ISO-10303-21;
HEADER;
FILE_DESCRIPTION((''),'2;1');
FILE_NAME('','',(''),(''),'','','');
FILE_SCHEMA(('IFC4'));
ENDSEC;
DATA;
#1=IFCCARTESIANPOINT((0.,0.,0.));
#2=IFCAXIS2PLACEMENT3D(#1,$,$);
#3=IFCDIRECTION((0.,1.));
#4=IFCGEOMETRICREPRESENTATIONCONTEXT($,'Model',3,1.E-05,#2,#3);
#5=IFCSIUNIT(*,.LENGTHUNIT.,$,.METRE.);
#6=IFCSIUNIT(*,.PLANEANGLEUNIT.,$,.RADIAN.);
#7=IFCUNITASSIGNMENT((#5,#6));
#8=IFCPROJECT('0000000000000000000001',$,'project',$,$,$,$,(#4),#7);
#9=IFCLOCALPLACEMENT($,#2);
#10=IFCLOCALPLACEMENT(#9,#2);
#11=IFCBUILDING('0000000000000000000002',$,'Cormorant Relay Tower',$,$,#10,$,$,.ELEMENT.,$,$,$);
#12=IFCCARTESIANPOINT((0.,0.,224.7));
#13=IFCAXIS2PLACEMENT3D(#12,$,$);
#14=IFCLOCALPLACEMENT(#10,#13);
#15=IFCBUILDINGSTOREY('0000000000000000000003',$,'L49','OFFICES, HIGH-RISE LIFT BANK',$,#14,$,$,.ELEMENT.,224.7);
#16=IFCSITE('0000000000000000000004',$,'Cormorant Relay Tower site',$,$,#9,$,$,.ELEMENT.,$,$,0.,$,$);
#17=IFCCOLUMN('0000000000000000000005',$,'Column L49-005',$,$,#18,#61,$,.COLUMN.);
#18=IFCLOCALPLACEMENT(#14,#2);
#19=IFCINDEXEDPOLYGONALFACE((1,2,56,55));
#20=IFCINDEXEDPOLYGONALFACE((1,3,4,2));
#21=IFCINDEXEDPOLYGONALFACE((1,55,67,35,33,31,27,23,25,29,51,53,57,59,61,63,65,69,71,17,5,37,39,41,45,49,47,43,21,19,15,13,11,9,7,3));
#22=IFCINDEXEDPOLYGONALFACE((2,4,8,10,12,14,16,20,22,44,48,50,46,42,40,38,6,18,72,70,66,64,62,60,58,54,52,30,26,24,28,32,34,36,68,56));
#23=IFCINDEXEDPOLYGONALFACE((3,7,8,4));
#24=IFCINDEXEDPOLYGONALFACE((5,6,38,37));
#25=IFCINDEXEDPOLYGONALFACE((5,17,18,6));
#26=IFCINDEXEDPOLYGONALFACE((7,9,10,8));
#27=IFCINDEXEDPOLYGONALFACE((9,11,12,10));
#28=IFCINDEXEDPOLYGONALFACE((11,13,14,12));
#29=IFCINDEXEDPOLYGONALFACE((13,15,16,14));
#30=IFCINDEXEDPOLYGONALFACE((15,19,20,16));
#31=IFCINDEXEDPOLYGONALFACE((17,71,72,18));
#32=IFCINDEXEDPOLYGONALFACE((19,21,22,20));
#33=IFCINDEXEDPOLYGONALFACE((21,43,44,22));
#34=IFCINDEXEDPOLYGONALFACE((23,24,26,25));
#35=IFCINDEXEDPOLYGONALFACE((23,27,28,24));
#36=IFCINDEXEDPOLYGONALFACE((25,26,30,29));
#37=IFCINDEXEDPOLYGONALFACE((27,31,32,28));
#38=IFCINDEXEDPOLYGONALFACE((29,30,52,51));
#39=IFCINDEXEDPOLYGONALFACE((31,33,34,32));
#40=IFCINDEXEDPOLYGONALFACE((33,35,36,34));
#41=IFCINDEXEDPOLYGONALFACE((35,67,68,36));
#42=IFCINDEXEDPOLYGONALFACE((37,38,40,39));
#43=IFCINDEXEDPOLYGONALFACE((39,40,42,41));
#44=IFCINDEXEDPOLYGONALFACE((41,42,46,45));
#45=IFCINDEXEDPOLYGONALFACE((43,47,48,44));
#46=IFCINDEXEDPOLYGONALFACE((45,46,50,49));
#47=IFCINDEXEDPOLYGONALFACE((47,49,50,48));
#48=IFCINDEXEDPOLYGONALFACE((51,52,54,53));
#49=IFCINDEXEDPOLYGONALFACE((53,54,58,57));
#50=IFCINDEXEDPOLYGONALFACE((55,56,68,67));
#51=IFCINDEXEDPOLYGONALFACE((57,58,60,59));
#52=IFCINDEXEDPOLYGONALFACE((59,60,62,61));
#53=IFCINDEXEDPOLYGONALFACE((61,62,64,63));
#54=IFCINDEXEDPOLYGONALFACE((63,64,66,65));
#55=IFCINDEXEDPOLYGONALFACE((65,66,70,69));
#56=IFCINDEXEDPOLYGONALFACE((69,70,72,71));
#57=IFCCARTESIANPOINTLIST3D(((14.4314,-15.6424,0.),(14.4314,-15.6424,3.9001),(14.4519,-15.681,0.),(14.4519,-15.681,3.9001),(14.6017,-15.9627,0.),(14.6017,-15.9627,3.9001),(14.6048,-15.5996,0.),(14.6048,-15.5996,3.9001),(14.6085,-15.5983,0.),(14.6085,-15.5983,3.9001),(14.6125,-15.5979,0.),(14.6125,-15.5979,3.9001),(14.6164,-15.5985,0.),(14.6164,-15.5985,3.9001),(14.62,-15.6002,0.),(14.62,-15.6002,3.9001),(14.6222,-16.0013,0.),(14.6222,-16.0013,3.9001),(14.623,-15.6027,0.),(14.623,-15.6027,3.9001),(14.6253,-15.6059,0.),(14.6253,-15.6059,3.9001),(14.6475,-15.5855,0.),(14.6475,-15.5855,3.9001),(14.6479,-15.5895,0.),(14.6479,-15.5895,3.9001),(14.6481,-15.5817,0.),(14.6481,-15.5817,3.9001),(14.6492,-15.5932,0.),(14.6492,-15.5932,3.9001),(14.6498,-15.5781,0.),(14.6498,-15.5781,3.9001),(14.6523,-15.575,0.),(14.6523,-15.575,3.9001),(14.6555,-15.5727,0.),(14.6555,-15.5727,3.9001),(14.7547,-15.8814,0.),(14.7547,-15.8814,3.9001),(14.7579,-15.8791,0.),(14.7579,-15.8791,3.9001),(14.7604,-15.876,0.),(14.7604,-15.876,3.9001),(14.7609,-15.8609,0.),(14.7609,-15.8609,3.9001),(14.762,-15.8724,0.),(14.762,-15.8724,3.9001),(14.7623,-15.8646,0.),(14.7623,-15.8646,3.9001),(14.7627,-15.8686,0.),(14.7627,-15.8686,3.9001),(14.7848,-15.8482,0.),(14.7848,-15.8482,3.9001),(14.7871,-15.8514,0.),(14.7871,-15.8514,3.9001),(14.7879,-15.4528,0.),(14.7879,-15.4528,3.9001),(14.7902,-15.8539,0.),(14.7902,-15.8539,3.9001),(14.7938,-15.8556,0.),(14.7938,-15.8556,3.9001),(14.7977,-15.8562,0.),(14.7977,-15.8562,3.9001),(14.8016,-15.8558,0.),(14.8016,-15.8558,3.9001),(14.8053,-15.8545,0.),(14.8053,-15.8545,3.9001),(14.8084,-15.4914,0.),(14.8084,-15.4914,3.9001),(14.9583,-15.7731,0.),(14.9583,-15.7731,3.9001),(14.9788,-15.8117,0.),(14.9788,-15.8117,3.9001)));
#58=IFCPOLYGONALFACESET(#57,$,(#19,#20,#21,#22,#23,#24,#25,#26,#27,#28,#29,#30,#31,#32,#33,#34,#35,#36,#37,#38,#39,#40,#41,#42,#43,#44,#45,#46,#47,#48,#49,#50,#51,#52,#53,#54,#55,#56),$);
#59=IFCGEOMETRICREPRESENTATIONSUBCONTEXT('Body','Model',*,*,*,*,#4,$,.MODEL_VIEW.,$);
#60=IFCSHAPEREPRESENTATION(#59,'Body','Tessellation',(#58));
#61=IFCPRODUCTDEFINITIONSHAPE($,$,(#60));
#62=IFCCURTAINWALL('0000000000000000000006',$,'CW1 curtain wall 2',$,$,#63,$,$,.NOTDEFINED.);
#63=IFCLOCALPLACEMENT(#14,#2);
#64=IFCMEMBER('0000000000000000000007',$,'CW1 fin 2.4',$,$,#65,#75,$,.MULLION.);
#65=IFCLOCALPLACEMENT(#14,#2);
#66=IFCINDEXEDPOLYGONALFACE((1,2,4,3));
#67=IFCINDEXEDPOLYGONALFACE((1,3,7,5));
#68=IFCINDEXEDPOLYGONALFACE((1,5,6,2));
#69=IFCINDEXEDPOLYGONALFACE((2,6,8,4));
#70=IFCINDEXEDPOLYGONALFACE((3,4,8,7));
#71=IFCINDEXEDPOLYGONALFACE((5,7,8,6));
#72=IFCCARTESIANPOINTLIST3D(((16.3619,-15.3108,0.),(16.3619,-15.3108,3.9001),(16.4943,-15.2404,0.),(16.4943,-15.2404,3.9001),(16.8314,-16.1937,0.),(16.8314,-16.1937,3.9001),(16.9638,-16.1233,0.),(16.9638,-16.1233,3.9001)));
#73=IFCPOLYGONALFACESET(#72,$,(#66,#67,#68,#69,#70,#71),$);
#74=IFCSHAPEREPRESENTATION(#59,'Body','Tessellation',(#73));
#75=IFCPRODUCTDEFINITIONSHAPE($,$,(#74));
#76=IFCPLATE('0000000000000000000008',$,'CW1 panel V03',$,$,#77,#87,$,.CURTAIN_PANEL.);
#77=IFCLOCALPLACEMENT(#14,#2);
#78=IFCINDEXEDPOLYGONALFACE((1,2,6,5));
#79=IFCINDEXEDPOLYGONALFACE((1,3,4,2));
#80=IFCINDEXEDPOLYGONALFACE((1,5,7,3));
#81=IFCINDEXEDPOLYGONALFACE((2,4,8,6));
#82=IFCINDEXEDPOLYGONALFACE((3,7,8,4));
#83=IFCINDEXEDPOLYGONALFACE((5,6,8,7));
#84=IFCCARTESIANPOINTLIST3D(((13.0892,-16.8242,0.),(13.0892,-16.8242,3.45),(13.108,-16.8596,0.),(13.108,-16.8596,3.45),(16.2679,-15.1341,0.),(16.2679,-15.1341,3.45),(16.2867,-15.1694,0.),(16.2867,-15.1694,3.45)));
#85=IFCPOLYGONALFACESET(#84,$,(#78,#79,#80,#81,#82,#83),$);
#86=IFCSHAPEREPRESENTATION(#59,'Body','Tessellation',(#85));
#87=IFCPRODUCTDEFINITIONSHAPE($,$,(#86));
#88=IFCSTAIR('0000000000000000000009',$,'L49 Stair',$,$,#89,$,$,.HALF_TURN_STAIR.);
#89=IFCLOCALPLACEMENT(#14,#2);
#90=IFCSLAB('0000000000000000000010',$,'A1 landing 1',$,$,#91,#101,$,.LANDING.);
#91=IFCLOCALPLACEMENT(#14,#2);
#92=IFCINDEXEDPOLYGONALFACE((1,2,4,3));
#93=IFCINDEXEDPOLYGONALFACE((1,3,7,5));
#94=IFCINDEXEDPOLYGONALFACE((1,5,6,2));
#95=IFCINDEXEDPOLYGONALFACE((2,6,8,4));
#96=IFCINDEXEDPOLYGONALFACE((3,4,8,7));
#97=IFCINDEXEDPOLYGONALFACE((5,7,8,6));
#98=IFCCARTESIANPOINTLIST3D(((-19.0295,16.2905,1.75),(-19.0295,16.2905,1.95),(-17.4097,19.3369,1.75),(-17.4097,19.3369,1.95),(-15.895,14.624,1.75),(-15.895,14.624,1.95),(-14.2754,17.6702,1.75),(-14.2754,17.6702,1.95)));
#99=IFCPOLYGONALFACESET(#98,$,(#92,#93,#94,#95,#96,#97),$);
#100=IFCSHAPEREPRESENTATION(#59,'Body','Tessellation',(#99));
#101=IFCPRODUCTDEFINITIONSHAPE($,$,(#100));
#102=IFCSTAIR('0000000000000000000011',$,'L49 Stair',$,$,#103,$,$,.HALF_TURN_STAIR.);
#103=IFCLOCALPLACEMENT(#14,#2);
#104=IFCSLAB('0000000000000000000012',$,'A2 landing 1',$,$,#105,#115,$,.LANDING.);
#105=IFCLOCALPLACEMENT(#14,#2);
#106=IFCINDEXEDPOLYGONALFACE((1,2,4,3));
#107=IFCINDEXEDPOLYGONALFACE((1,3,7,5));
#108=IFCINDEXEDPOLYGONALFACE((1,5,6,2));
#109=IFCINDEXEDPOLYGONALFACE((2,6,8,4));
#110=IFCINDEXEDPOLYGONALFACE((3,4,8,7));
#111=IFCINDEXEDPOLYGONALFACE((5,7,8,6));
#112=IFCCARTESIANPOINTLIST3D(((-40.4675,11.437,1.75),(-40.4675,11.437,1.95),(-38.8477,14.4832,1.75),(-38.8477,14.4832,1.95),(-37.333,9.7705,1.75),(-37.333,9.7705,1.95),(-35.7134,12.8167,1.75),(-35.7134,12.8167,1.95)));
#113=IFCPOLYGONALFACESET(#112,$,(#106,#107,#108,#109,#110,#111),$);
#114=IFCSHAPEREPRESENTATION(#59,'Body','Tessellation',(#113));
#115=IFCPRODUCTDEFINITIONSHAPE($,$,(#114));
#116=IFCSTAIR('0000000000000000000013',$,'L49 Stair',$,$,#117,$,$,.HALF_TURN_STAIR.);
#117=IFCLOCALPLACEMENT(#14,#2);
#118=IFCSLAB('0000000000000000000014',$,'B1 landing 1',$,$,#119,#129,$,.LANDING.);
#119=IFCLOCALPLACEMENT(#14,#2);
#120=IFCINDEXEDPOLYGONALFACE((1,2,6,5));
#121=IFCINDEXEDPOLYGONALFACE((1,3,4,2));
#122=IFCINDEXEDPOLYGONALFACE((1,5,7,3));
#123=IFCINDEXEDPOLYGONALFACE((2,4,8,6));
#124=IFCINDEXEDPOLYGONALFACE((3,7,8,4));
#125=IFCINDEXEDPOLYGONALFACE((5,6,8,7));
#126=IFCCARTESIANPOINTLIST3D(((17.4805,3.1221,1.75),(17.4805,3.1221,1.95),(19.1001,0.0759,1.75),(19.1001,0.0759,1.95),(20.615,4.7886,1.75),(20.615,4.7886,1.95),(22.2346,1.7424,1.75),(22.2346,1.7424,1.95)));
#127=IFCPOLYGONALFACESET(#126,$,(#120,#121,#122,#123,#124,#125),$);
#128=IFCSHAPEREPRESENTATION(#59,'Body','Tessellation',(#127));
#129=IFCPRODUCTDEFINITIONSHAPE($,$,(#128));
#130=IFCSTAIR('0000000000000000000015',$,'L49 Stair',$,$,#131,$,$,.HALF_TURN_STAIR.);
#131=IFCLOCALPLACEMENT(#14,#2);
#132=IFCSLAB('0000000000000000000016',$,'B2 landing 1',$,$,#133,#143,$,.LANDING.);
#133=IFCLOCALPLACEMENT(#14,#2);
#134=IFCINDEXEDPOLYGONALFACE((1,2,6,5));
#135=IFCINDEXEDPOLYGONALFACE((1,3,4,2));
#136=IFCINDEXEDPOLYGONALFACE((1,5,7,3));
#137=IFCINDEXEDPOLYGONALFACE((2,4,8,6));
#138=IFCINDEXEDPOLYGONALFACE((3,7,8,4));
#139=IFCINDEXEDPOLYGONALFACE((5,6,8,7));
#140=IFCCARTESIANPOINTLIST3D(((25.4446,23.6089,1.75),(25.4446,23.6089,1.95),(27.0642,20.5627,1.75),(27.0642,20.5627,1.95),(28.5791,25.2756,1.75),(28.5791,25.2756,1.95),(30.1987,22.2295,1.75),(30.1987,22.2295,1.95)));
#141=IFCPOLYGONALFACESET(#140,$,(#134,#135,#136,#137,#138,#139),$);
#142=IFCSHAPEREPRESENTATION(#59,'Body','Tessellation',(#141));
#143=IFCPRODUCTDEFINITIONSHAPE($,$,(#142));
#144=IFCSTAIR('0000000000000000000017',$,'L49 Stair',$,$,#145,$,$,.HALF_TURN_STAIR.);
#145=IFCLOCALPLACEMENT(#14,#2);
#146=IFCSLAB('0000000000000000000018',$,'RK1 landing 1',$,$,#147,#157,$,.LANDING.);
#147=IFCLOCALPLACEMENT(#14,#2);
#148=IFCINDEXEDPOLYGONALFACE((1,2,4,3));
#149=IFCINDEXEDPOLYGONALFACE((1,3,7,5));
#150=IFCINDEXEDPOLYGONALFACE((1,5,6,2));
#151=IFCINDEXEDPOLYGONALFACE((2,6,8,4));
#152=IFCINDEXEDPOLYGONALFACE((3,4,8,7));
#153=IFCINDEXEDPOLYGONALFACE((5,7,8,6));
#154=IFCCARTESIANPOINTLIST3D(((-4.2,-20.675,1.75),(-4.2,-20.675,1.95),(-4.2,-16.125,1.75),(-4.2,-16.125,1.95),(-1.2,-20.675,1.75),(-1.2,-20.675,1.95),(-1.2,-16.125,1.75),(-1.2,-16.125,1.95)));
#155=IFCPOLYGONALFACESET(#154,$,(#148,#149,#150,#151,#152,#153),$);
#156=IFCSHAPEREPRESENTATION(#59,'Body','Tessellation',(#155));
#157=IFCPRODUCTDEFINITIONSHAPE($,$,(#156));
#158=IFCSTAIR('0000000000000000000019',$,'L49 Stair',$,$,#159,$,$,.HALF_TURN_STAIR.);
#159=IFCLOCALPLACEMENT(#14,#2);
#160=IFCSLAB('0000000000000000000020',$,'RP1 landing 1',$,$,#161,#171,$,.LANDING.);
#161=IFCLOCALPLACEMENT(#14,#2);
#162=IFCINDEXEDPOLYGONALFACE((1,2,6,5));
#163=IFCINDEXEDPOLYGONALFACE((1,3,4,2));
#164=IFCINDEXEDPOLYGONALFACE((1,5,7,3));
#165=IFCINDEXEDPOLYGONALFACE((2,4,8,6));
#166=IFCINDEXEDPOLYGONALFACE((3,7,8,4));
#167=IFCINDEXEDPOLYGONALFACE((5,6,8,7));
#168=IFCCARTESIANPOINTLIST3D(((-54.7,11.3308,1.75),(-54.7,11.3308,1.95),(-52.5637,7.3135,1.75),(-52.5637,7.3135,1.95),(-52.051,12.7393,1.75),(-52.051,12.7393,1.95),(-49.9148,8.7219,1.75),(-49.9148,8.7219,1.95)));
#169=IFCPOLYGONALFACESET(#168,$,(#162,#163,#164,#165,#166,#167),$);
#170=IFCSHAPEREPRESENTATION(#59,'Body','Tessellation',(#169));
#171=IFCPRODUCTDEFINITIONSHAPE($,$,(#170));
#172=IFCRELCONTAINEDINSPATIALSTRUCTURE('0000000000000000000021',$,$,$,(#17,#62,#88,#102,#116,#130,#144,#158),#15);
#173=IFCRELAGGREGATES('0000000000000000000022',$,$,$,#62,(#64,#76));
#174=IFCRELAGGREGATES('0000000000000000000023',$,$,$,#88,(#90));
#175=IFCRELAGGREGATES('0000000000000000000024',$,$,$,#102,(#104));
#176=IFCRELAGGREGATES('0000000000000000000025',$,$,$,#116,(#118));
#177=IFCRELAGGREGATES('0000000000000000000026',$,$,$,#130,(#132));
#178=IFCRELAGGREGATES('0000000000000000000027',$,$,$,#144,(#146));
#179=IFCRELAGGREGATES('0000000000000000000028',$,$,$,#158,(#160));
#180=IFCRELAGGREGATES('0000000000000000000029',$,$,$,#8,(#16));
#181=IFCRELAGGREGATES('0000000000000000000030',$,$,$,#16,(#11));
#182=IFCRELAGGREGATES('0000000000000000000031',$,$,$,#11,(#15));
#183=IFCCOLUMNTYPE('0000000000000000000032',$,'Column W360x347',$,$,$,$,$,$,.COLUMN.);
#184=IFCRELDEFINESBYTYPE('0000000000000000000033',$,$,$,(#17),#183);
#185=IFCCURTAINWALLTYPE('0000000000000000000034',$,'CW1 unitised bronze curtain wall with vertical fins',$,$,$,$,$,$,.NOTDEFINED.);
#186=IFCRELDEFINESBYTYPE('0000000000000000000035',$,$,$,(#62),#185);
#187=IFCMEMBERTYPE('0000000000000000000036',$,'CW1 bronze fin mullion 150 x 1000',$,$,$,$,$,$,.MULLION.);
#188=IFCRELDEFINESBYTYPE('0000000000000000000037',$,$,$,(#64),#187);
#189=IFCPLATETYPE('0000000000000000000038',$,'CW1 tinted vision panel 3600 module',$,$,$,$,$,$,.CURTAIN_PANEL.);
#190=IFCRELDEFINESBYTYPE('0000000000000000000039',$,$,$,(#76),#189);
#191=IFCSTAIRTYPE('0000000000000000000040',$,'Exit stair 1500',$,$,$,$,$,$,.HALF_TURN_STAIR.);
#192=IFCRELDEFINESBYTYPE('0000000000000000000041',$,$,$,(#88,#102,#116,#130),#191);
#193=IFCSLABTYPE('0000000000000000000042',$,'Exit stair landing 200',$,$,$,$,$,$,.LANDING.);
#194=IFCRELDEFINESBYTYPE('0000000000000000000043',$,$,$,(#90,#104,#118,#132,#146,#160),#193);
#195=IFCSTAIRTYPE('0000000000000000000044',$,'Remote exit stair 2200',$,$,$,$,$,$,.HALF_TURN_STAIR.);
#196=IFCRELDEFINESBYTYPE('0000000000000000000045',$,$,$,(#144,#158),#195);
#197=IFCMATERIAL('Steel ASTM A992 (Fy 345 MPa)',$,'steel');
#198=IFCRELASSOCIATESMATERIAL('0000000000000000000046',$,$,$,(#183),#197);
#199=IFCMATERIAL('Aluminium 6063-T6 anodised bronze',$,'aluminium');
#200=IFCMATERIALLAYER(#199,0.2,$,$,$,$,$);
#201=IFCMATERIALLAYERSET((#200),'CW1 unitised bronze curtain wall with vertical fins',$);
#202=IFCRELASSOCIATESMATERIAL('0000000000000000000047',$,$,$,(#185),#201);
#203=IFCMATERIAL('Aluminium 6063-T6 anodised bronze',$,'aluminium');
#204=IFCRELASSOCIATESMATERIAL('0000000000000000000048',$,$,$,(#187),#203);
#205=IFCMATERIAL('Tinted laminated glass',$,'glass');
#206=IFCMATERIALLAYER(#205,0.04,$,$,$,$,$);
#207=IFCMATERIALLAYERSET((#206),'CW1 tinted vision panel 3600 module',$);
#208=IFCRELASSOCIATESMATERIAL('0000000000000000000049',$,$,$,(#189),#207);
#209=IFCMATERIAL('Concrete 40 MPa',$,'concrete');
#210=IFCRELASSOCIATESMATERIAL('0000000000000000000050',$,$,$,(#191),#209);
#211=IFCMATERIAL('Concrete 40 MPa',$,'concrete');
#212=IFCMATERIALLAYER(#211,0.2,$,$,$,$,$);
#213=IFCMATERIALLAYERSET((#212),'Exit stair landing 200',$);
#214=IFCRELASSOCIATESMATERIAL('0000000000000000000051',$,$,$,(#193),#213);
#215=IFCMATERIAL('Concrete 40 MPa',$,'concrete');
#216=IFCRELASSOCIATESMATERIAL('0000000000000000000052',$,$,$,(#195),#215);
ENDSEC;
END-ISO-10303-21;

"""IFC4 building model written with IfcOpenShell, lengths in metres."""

from ifc_helpers import new_model, si_unit, direction, frame, origin, origin_2d, place, context, subcontext, project, spatial, polyline, rectangle, i_section, outline, extrude, material, layer, layer_set, material_profile, profile_set, type_object, element, aggregate, save


model = new_model("IFC4")

# Units and contexts
model_context = context("Model", 3, precision=1e-05, world=origin(), true_north=direction((0.0, 1.0)))
body_context = subcontext(model_context, "Body", "Model", "MODEL_VIEW")
ifc_project = project(units=[si_unit("LENGTHUNIT", "METRE"), si_unit("PLANEANGLEUNIT", "RADIAN")], contexts=[model_context])

# Site, building, storey
site_placement = place(None, origin())
site = spatial("IfcSite", under=ifc_project, at=site_placement, Name="Cormorant Relay Tower site", CompositionType="ELEMENT", RefElevation=0.0)
building_placement = place(site_placement, origin())
building = spatial("IfcBuilding", under=site, at=building_placement, Name="Cormorant Relay Tower", CompositionType="ELEMENT")
storey_placement = place(building_placement, frame((0.0, 0.0, 224.7)))
storey = spatial("IfcBuildingStorey", under=building, at=storey_placement, Name="L49", Description="OFFICES, HIGH-RISE LIFT BANK", CompositionType="ELEMENT", Elevation=224.7)

# Column
ifc_material_1 = material(Name="Steel ASTM A992 (Fy 345 MPa)", Category="steel")
ifc_material_profile_1 = material_profile(ifc_material_1, i_section(OverallWidth=0.4038, OverallDepth=0.4065, WebThickness=0.0271, FlangeThickness=0.0437, FilletRadius=0.0151, at=origin_2d()), Name="W360x347")
ifc_profile_set_1 = profile_set([ifc_material_profile_1], Name="Steel ASTM A992 (Fy 345 MPa)")
column_type_1 = type_object("IfcColumnType", Name="Column W360x347", PredefinedType="COLUMN", material=ifc_profile_set_1)
column_placement = place(storey_placement, frame((14.7051, -15.7271, 0.0), z_axis=(0.0, 0.0, 1.0), x_axis=(0.882948, 0.469472, 0.0)))
element("IfcColumn", 1, at=column_placement, inside=storey, type_object=column_type_1, Name="Column L49-005", PredefinedType="COLUMN", context=body_context, shape_type="SweptSolid", body=[
    extrude(i_section(OverallWidth=0.4038, OverallDepth=0.4065, WebThickness=0.0271, FlangeThickness=0.0437, FilletRadius=0.0151, at=origin_2d()), origin(), (0.0, 0.0, 1.0), 3.9001),
])

# Curtain wall, member, plate
ifc_material_2 = material(Name="Aluminium 6063-T6 anodised bronze", Category="aluminium")
ifc_layer_1 = layer(ifc_material_2, 0.2)
ifc_layer_set_1 = layer_set([ifc_layer_1], Name="CW1 unitised bronze curtain wall with vertical fins")
curtain_wall_type = type_object("IfcCurtainWallType", Name="CW1 unitised bronze curtain wall with vertical fins", PredefinedType="NOTDEFINED", material=ifc_layer_set_1)
curtain_wall_placement = place(storey_placement, origin())
curtain_wall = element("IfcCurtainWall", 2, at=curtain_wall_placement, inside=storey, type_object=curtain_wall_type, Name="CW1 curtain wall 2", PredefinedType="NOTDEFINED")
ifc_material_3 = material(Name="Aluminium 6063-T6 anodised bronze", Category="aluminium")
ifc_material_profile_2 = material_profile(ifc_material_3, rectangle(XDim=0.1499, YDim=1.0, at=origin_2d()), Name="AL 150x1000")
ifc_profile_set_2 = profile_set([ifc_material_profile_2], Name="Aluminium 6063-T6 anodised bronze")
member_type = type_object("IfcMemberType", Name="CW1 bronze fin mullion 150 x 1000", PredefinedType="MULLION", material=ifc_profile_set_2)
member_placement = place(storey_placement, frame((16.6628, -15.717, 0.0), z_axis=(0.0, 0.0, 1.0), x_axis=(0.882948, 0.469472, 0.0)))
member = element("IfcMember", 3, at=member_placement, type_object=member_type, Name="CW1 fin 2.4", PredefinedType="MULLION", context=body_context, shape_type="SweptSolid", body=[
    extrude(rectangle(XDim=0.1499, YDim=1.0, at=origin_2d()), origin(), (0.0, 0.0, 1.0), 3.9001),
])
ifc_material_4 = material(Name="Tinted laminated glass", Category="glass")
ifc_layer_2 = layer(ifc_material_4, 0.04)
ifc_layer_set_2 = layer_set([ifc_layer_2], Name="CW1 tinted vision panel 3600 module")
plate_type = type_object("IfcPlateType", Name="CW1 tinted vision panel 3600 module", PredefinedType="CURTAIN_PANEL", material=ifc_layer_set_2)
plate_placement = place(storey_placement, frame((14.688, -15.9968, 0.0), z_axis=(0.0, 0.0, 1.0), x_axis=(0.882948, 0.469472, 0.0)))
plate = element("IfcPlate", 4, at=plate_placement, type_object=plate_type, Name="CW1 panel V03", PredefinedType="CURTAIN_PANEL", context=body_context, shape_type="SweptSolid", body=[
    extrude(rectangle(XDim=3.6001, YDim=0.04, at=origin_2d()), origin(), (0.0, 0.0, 1.0), 3.45),
])
aggregate(curtain_wall, [member, plate])

# Stairs, slabs
ifc_material_5 = material(Name="Concrete 40 MPa", Category="concrete")
stair_type_1 = type_object("IfcStairType", Name="Exit stair 1500", PredefinedType="HALF_TURN_STAIR", material=ifc_material_5)
stair_1_placement = place(storey_placement, origin())
stair_1 = element("IfcStair", 5, at=stair_1_placement, inside=storey, type_object=stair_type_1, Name="L49 Stair", PredefinedType="HALF_TURN_STAIR")
ifc_material_6 = material(Name="Concrete 40 MPa", Category="concrete")
ifc_layer_3 = layer(ifc_material_6, 0.2)
ifc_layer_set_3 = layer_set([ifc_layer_3], Name="Exit stair landing 200")
slab_type_1 = type_object("IfcSlabType", Name="Exit stair landing 200", PredefinedType="LANDING", material=ifc_layer_set_3)
slab_1_placement = place(storey_placement, frame((0.0, 0.0, 1.75)))
slab_1 = element("IfcSlab", 6, at=slab_1_placement, type_object=slab_type_1, Name="A1 landing 1", PredefinedType="LANDING", context=body_context, shape_type="SweptSolid", body=[
    extrude(outline(polyline([(-19.0295, 16.2905), (-15.895, 14.624), (-14.2754, 17.6702), (-17.4097, 19.3369), (-19.0295, 16.2905)])), origin(), (0.0, 0.0, 1.0), 0.2),
])
aggregate(stair_1, [slab_1])
stair_2_placement = place(storey_placement, origin())
stair_2 = element("IfcStair", 7, at=stair_2_placement, inside=storey, type_object=stair_type_1, Name="L49 Stair", PredefinedType="HALF_TURN_STAIR")
slab_2_placement = place(storey_placement, frame((0.0, 0.0, 1.75)))
slab_2 = element("IfcSlab", 8, at=slab_2_placement, type_object=slab_type_1, Name="A2 landing 1", PredefinedType="LANDING", context=body_context, shape_type="SweptSolid", body=[
    extrude(outline(polyline([(-35.7134, 12.8167), (-38.8477, 14.4832), (-40.4675, 11.437), (-37.333, 9.7705), (-35.7134, 12.8167)])), origin(), (0.0, 0.0, 1.0), 0.2),
])
aggregate(stair_2, [slab_2])
stair_3_placement = place(storey_placement, origin())
stair_3 = element("IfcStair", 9, at=stair_3_placement, inside=storey, type_object=stair_type_1, Name="L49 Stair", PredefinedType="HALF_TURN_STAIR")
slab_3_placement = place(storey_placement, frame((0.0, 0.0, 1.75)))
slab_3 = element("IfcSlab", 10, at=slab_3_placement, type_object=slab_type_1, Name="B1 landing 1", PredefinedType="LANDING", context=body_context, shape_type="SweptSolid", body=[
    extrude(outline(polyline([(20.615, 4.7886), (17.4805, 3.1221), (19.1001, 0.0759), (22.2346, 1.7424), (20.615, 4.7886)])), origin(), (0.0, 0.0, 1.0), 0.2),
])
aggregate(stair_3, [slab_3])
stair_4_placement = place(storey_placement, origin())
stair_4 = element("IfcStair", 11, at=stair_4_placement, inside=storey, type_object=stair_type_1, Name="L49 Stair", PredefinedType="HALF_TURN_STAIR")
slab_4_placement = place(storey_placement, frame((0.0, 0.0, 1.75)))
slab_4 = element("IfcSlab", 12, at=slab_4_placement, type_object=slab_type_1, Name="B2 landing 1", PredefinedType="LANDING", context=body_context, shape_type="SweptSolid", body=[
    extrude(outline(polyline([(27.0642, 20.5627), (30.1987, 22.2295), (28.5791, 25.2756), (25.4446, 23.6089), (27.0642, 20.5627)])), origin(), (0.0, 0.0, 1.0), 0.2),
])
aggregate(stair_4, [slab_4])
ifc_material_7 = material(Name="Concrete 40 MPa", Category="concrete")
stair_type_2 = type_object("IfcStairType", Name="Remote exit stair 2200", PredefinedType="HALF_TURN_STAIR", material=ifc_material_7)
stair_5_placement = place(storey_placement, origin())
stair_5 = element("IfcStair", 13, at=stair_5_placement, inside=storey, type_object=stair_type_2, Name="L49 Stair", PredefinedType="HALF_TURN_STAIR")
slab_5_placement = place(storey_placement, frame((0.0, 0.0, 1.75)))
slab_5 = element("IfcSlab", 14, at=slab_5_placement, type_object=slab_type_1, Name="RK1 landing 1", PredefinedType="LANDING", context=body_context, shape_type="SweptSolid", body=[
    extrude(outline(polyline([(-1.2, -16.125), (-4.2, -16.125), (-4.2, -20.675), (-1.2, -20.675), (-1.2, -16.125)])), origin(), (0.0, 0.0, 1.0), 0.2),
])
aggregate(stair_5, [slab_5])
stair_6_placement = place(storey_placement, origin())
stair_6 = element("IfcStair", 15, at=stair_6_placement, inside=storey, type_object=stair_type_2, Name="L49 Stair", PredefinedType="HALF_TURN_STAIR")
slab_6_placement = place(storey_placement, frame((0.0, 0.0, 1.75)))
slab_6 = element("IfcSlab", 16, at=slab_6_placement, type_object=slab_type_1, Name="RP1 landing 1", PredefinedType="LANDING", context=body_context, shape_type="SweptSolid", body=[
    extrude(outline(polyline([(-52.051, 12.7393), (-54.7, 11.3308), (-52.5637, 7.3135), (-49.9148, 8.7219), (-52.051, 12.7393)])), origin(), (0.0, 0.0, 1.0), 0.2),
])
aggregate(stair_6, [slab_6])

save(model, "model.ifc")
